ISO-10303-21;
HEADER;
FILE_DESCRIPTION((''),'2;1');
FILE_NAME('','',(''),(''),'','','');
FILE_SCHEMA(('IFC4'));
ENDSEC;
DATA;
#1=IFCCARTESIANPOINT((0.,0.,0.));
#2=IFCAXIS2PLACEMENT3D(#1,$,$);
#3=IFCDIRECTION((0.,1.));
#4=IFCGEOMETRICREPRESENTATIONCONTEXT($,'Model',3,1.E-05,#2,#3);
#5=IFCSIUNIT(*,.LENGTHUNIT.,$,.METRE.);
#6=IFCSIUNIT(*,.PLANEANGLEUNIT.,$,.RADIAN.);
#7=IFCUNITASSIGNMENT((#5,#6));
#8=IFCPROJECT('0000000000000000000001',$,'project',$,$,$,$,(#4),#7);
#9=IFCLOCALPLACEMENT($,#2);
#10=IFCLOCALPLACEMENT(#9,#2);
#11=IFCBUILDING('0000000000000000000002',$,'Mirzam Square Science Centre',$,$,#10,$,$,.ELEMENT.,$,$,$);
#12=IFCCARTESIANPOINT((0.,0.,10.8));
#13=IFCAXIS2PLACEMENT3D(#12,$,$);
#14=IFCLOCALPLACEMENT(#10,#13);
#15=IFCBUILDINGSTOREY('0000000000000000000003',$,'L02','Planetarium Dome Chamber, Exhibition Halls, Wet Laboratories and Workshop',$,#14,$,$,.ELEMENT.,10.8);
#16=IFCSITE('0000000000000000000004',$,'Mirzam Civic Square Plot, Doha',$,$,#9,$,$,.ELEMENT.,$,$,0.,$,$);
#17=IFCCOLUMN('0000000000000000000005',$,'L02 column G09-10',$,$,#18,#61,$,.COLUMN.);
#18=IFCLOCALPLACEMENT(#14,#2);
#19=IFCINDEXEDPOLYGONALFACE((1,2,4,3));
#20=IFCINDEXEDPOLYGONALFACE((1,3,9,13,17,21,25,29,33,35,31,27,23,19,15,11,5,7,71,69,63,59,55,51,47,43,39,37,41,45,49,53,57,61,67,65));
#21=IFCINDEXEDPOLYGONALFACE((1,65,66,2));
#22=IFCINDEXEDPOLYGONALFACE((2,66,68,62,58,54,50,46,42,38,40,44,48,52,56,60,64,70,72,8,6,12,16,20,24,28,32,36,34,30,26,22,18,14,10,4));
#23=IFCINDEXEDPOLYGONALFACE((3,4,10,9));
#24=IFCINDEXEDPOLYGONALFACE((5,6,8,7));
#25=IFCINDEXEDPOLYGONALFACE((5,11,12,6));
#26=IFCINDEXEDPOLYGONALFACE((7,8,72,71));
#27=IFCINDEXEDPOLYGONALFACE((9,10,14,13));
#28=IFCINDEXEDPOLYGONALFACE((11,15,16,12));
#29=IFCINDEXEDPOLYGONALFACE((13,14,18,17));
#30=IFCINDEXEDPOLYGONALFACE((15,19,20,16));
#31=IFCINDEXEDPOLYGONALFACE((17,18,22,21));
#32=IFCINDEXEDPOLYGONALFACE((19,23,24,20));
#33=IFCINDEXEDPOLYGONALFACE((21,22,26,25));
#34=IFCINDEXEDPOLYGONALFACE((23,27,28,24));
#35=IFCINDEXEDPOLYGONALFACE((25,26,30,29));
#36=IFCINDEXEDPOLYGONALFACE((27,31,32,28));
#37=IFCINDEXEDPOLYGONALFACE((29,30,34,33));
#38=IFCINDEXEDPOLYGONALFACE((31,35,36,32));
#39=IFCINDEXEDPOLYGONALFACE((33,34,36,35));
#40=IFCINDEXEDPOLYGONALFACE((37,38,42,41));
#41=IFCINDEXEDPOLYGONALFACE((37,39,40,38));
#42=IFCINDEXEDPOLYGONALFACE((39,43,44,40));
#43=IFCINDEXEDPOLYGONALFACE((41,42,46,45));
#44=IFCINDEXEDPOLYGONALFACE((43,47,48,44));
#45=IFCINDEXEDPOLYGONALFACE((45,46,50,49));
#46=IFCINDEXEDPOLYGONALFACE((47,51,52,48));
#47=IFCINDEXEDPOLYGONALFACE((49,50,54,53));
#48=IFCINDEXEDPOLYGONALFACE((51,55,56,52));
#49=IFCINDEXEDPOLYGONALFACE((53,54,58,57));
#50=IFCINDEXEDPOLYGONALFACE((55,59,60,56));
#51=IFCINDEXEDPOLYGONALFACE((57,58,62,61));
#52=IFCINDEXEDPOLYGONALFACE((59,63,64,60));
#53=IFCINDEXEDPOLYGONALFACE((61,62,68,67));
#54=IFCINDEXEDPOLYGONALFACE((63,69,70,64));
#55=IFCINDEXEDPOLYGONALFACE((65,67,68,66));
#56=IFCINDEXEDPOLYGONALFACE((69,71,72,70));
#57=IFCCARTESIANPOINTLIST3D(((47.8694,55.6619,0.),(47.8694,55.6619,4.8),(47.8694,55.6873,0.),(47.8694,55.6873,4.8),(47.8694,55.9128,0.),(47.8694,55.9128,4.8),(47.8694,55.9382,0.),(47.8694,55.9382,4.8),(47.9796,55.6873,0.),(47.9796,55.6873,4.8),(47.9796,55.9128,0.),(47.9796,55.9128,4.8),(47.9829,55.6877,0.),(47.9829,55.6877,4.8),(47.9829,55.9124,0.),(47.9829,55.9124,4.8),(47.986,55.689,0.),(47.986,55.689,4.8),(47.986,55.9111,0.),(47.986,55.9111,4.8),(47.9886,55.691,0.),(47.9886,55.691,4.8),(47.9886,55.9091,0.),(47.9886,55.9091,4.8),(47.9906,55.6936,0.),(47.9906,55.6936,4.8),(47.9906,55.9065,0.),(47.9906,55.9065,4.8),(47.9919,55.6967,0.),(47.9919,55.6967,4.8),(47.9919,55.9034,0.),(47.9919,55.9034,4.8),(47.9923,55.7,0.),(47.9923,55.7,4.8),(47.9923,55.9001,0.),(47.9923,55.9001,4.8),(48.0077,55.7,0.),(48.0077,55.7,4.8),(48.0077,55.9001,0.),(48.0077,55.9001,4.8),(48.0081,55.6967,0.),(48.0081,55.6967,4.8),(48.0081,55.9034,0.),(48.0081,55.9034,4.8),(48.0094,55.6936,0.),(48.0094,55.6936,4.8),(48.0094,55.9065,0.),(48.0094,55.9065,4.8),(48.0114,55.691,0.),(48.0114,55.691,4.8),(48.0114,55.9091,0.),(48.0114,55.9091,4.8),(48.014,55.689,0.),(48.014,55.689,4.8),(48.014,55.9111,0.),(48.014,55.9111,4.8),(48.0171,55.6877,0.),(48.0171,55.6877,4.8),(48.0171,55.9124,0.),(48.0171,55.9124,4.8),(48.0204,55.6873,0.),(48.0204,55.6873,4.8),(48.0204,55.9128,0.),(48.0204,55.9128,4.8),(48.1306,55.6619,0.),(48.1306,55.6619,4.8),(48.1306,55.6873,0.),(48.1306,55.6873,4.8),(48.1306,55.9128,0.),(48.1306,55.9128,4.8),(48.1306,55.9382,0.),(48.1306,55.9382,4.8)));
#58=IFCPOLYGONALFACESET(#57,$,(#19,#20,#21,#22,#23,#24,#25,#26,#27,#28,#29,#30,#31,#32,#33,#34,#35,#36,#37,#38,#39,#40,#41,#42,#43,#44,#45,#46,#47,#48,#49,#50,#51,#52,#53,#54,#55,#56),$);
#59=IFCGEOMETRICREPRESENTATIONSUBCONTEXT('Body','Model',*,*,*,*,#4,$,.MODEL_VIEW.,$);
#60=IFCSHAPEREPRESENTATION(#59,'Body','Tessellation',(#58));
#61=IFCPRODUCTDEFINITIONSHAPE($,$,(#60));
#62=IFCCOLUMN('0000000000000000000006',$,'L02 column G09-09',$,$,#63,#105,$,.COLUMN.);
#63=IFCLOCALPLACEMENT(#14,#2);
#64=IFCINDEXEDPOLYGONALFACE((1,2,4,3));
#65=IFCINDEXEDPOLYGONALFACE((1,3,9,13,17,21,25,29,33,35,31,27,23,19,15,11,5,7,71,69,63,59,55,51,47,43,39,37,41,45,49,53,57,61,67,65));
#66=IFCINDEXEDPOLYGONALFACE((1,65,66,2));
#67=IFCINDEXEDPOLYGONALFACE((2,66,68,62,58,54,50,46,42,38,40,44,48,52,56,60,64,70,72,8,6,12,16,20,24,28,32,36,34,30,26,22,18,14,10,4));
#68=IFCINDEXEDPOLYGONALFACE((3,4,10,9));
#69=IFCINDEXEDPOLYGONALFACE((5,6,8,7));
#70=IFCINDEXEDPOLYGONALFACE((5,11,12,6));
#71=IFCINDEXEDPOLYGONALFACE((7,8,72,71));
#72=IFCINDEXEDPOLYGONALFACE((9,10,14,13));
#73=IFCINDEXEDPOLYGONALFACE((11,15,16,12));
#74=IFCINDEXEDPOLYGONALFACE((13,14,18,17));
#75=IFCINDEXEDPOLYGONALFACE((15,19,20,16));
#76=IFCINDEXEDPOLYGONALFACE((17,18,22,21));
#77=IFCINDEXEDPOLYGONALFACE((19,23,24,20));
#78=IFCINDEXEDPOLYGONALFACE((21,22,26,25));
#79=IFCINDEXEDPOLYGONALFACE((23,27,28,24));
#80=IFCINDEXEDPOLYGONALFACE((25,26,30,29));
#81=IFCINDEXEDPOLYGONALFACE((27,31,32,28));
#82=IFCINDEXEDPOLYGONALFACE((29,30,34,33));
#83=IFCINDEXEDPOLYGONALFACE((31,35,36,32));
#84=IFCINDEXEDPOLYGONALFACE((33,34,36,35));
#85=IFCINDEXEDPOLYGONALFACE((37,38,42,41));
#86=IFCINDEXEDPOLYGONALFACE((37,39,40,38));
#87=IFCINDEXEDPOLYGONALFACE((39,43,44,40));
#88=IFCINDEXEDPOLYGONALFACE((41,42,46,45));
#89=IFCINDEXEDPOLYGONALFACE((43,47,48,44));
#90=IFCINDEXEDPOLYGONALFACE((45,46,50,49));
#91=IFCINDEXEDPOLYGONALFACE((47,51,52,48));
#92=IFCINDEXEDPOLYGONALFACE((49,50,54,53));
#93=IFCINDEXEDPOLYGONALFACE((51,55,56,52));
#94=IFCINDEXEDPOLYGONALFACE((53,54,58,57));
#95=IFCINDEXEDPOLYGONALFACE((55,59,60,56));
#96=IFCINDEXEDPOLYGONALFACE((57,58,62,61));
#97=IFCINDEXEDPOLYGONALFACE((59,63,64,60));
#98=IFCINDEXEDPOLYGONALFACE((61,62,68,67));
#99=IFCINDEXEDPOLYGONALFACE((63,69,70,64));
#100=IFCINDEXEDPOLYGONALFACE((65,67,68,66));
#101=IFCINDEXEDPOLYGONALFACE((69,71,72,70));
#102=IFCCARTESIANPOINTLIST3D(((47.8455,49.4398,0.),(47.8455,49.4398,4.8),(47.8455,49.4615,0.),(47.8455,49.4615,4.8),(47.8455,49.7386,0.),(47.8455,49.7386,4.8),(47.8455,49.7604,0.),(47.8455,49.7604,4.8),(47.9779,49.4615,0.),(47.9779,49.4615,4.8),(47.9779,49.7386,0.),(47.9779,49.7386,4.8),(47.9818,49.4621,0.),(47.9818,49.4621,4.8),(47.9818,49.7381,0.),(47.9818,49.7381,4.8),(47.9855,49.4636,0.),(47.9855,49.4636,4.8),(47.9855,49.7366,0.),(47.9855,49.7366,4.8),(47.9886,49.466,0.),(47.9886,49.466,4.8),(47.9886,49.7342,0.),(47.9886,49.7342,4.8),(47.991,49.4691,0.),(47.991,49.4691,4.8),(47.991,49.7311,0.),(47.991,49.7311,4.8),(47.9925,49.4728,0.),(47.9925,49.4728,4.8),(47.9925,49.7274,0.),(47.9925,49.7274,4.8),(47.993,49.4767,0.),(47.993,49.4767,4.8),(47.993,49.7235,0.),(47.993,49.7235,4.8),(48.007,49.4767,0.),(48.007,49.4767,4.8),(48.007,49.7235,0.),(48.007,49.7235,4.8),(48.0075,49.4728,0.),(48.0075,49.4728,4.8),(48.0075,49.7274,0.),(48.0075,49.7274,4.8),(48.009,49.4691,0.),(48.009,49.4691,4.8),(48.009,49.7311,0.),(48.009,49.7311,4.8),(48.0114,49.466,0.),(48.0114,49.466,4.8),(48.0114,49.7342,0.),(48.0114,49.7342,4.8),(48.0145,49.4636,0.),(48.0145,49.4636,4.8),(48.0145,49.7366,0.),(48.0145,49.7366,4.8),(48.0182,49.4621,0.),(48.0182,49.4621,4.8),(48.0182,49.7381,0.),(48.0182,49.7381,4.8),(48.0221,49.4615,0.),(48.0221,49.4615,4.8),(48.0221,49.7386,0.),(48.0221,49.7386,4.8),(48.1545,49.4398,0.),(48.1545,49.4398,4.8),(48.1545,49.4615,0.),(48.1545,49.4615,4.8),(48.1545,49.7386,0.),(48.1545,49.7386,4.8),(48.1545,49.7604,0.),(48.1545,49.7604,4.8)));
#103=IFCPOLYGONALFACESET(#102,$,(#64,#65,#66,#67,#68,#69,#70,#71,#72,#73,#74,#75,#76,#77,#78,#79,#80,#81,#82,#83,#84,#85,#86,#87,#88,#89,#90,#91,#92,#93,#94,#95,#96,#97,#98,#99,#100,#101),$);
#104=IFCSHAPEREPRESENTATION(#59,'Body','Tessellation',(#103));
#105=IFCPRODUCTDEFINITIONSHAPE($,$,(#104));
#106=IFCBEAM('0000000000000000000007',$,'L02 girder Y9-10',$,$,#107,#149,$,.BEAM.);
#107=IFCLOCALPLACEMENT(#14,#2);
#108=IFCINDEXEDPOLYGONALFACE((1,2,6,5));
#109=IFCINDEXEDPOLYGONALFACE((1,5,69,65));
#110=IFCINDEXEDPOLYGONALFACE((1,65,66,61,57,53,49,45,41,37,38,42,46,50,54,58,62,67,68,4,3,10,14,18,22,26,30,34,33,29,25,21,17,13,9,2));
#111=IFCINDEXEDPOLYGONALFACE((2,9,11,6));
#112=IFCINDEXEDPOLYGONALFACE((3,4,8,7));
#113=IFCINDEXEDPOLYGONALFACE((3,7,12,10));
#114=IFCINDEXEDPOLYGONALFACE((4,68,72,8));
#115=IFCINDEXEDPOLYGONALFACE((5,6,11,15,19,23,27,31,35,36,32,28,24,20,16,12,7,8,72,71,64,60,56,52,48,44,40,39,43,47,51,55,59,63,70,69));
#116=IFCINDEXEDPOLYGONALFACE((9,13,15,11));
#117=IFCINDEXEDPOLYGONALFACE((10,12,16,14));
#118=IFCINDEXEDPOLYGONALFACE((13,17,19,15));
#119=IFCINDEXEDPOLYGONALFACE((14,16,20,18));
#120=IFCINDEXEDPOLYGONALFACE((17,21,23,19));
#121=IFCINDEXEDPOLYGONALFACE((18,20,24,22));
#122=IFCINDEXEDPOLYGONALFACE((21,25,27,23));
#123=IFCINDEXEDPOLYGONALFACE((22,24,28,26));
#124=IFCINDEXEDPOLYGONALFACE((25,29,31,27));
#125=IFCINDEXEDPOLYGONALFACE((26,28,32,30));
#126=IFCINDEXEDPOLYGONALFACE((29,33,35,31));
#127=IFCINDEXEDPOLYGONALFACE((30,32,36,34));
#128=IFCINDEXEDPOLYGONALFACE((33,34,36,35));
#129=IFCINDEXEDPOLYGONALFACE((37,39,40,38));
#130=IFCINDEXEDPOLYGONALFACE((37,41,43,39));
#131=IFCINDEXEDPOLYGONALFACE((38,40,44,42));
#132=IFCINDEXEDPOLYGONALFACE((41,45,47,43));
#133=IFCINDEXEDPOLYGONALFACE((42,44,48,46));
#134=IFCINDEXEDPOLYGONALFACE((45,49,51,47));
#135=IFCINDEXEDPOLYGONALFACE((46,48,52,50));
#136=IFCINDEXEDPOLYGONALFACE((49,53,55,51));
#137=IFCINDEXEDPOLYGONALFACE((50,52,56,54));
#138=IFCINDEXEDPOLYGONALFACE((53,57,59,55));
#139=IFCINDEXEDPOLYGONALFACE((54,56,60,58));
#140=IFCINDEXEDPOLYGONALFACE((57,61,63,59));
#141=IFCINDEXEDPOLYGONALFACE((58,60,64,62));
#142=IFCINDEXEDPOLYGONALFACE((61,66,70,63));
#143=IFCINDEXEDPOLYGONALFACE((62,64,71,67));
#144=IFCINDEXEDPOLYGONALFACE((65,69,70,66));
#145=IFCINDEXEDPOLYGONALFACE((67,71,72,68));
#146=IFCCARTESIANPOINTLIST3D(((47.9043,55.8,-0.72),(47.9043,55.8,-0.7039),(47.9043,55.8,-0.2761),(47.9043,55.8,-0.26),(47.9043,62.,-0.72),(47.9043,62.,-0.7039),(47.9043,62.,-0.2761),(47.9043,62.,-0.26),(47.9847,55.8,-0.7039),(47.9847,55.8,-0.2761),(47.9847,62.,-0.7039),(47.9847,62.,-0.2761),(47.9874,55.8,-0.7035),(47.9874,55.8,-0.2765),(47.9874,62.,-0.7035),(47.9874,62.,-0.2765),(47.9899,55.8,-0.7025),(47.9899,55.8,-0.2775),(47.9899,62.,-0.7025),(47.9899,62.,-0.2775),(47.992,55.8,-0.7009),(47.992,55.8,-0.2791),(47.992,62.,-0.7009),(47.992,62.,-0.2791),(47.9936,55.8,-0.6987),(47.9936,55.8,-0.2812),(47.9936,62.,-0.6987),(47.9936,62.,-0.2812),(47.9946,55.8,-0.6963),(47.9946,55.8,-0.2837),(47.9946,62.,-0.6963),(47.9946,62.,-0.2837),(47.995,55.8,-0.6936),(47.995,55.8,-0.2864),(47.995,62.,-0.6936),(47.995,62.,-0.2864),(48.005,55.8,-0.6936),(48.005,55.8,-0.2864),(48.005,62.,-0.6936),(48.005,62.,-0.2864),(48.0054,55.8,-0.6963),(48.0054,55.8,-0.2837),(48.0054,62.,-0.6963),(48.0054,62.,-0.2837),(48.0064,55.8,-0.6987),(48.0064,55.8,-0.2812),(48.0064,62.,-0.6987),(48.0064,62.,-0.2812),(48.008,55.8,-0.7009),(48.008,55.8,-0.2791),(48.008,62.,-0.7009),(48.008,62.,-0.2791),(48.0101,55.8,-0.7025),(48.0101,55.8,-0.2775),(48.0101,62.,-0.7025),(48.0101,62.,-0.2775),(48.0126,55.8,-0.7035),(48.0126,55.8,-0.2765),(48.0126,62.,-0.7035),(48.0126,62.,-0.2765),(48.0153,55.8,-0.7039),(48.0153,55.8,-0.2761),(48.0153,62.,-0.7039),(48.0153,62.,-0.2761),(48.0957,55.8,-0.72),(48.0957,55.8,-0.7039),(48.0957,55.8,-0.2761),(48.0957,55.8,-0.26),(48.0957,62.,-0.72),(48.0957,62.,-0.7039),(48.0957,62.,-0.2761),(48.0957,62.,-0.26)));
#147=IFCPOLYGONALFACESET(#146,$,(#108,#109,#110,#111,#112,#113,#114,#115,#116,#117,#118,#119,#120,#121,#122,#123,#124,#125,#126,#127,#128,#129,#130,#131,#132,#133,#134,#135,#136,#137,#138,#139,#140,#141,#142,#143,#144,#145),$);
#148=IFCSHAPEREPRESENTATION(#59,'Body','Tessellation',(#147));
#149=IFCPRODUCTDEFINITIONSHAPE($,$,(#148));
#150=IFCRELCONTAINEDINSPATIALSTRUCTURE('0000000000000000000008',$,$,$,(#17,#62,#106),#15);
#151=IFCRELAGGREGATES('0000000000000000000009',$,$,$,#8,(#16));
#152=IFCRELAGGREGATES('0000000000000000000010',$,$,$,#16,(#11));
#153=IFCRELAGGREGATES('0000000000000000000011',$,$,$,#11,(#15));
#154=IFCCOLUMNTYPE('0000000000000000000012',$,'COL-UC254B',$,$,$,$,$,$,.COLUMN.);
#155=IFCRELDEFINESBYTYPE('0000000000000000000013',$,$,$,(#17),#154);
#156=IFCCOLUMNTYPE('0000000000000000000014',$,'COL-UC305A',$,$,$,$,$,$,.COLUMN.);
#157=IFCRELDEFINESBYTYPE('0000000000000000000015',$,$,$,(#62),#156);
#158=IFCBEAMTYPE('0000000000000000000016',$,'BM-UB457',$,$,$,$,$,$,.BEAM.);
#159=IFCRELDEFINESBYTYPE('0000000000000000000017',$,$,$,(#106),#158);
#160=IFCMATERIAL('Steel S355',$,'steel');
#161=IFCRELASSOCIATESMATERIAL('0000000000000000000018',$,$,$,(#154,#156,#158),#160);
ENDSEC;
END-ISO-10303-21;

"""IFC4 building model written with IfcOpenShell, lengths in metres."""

from ifc_helpers import new_model, si_unit, direction, frame, origin, origin_2d, place, context, subcontext, project, spatial, i_section, extrude, material, material_profile, profile_set, type_object, element, save


model = new_model("IFC4")

# Units and contexts
model_context = context("Model", 3, precision=1e-05, world=origin(), true_north=direction((0.0, 1.0)))
body_context = subcontext(model_context, "Body", "Model", "MODEL_VIEW")
ifc_project = project(units=[si_unit("LENGTHUNIT", "METRE"), si_unit("PLANEANGLEUNIT", "RADIAN")], contexts=[model_context])

# Site, building, storey
site_placement = place(None, origin())
site = spatial("IfcSite", under=ifc_project, at=site_placement, Name="Mirzam Civic Square Plot, Doha", CompositionType="ELEMENT", RefElevation=0.0)
building_placement = place(site_placement, origin())
building = spatial("IfcBuilding", under=site, at=building_placement, Name="Mirzam Square Science Centre", CompositionType="ELEMENT")
storey_placement = place(building_placement, frame((0.0, 0.0, 10.8)))
storey = spatial("IfcBuildingStorey", under=building, at=storey_placement, Name="L02", Description="Planetarium Dome Chamber, Exhibition Halls, Wet Laboratories and Workshop", CompositionType="ELEMENT", Elevation=10.8)

# Columns
ifc_material_1 = material(Name="Steel S355", Category="steel")
ifc_material_profile_1 = material_profile(ifc_material_1, i_section(OverallWidth=0.2612, OverallDepth=0.2764, WebThickness=0.0154, FlangeThickness=0.0254, FilletRadius=0.0127, at=origin_2d()), Name="254x254x132UC")
ifc_profile_set_1 = profile_set([ifc_material_profile_1], Name="Steel S355")
column_type_1 = type_object("IfcColumnType", Name="COL-UC254B", PredefinedType="COLUMN", material=ifc_profile_set_1)
column_1_placement = place(storey_placement, frame((48.0, 55.8, 0.0), z_axis=(0.0, 0.0, 1.0), x_axis=(1.0, 0.0, 0.0)))
element("IfcColumn", 1, at=column_1_placement, inside=storey, type_object=column_type_1, Name="L02 column G09-10", PredefinedType="COLUMN", context=body_context, shape_type="SweptSolid", body=[
    extrude(i_section(OverallWidth=0.2612, OverallDepth=0.2764, WebThickness=0.0154, FlangeThickness=0.0254, FilletRadius=0.0127, at=origin_2d()), origin(), (0.0, 0.0, 1.0), 4.8),
])
ifc_material_profile_2 = material_profile(ifc_material_1, i_section(OverallWidth=0.3091, OverallDepth=0.3206, WebThickness=0.0139, FlangeThickness=0.0217, FilletRadius=0.0151, at=origin_2d()), Name="305x305x137UC")
ifc_profile_set_2 = profile_set([ifc_material_profile_2], Name="Steel S355")
column_type_2 = type_object("IfcColumnType", Name="COL-UC305A", PredefinedType="COLUMN", material=ifc_profile_set_2)
column_2_placement = place(storey_placement, frame((48.0, 49.6001, 0.0), z_axis=(0.0, 0.0, 1.0), x_axis=(1.0, 0.0, 0.0)))
element("IfcColumn", 2, at=column_2_placement, inside=storey, type_object=column_type_2, Name="L02 column G09-09", PredefinedType="COLUMN", context=body_context, shape_type="SweptSolid", body=[
    extrude(i_section(OverallWidth=0.3091, OverallDepth=0.3206, WebThickness=0.0139, FlangeThickness=0.0217, FilletRadius=0.0151, at=origin_2d()), origin(), (0.0, 0.0, 1.0), 4.8),
])

# Beam
ifc_material_profile_3 = material_profile(ifc_material_1, i_section(OverallWidth=0.1914, OverallDepth=0.46, WebThickness=0.01, FlangeThickness=0.0161, FilletRadius=0.0103, at=origin_2d()), Name="457x191x82UB")
ifc_profile_set_3 = profile_set([ifc_material_profile_3], Name="Steel S355")
beam_type_1 = type_object("IfcBeamType", Name="BM-UB457", PredefinedType="BEAM", material=ifc_profile_set_3)
beam_1_placement = place(storey_placement, frame((48.0, 55.8, -0.49), z_axis=(0.0, 1.0, 0.0), x_axis=(-1.0, 0.0, 0.0)))
element("IfcBeam", 3, at=beam_1_placement, inside=storey, type_object=beam_type_1, Name="L02 girder Y9-10", PredefinedType="BEAM", context=body_context, shape_type="SweptSolid", body=[
    extrude(i_section(OverallWidth=0.1914, OverallDepth=0.46, WebThickness=0.01, FlangeThickness=0.0161, FilletRadius=0.0103, at=origin_2d()), origin(), (0.0, 0.0, 1.0), 6.2),
])

save(model, "model.ifc")
